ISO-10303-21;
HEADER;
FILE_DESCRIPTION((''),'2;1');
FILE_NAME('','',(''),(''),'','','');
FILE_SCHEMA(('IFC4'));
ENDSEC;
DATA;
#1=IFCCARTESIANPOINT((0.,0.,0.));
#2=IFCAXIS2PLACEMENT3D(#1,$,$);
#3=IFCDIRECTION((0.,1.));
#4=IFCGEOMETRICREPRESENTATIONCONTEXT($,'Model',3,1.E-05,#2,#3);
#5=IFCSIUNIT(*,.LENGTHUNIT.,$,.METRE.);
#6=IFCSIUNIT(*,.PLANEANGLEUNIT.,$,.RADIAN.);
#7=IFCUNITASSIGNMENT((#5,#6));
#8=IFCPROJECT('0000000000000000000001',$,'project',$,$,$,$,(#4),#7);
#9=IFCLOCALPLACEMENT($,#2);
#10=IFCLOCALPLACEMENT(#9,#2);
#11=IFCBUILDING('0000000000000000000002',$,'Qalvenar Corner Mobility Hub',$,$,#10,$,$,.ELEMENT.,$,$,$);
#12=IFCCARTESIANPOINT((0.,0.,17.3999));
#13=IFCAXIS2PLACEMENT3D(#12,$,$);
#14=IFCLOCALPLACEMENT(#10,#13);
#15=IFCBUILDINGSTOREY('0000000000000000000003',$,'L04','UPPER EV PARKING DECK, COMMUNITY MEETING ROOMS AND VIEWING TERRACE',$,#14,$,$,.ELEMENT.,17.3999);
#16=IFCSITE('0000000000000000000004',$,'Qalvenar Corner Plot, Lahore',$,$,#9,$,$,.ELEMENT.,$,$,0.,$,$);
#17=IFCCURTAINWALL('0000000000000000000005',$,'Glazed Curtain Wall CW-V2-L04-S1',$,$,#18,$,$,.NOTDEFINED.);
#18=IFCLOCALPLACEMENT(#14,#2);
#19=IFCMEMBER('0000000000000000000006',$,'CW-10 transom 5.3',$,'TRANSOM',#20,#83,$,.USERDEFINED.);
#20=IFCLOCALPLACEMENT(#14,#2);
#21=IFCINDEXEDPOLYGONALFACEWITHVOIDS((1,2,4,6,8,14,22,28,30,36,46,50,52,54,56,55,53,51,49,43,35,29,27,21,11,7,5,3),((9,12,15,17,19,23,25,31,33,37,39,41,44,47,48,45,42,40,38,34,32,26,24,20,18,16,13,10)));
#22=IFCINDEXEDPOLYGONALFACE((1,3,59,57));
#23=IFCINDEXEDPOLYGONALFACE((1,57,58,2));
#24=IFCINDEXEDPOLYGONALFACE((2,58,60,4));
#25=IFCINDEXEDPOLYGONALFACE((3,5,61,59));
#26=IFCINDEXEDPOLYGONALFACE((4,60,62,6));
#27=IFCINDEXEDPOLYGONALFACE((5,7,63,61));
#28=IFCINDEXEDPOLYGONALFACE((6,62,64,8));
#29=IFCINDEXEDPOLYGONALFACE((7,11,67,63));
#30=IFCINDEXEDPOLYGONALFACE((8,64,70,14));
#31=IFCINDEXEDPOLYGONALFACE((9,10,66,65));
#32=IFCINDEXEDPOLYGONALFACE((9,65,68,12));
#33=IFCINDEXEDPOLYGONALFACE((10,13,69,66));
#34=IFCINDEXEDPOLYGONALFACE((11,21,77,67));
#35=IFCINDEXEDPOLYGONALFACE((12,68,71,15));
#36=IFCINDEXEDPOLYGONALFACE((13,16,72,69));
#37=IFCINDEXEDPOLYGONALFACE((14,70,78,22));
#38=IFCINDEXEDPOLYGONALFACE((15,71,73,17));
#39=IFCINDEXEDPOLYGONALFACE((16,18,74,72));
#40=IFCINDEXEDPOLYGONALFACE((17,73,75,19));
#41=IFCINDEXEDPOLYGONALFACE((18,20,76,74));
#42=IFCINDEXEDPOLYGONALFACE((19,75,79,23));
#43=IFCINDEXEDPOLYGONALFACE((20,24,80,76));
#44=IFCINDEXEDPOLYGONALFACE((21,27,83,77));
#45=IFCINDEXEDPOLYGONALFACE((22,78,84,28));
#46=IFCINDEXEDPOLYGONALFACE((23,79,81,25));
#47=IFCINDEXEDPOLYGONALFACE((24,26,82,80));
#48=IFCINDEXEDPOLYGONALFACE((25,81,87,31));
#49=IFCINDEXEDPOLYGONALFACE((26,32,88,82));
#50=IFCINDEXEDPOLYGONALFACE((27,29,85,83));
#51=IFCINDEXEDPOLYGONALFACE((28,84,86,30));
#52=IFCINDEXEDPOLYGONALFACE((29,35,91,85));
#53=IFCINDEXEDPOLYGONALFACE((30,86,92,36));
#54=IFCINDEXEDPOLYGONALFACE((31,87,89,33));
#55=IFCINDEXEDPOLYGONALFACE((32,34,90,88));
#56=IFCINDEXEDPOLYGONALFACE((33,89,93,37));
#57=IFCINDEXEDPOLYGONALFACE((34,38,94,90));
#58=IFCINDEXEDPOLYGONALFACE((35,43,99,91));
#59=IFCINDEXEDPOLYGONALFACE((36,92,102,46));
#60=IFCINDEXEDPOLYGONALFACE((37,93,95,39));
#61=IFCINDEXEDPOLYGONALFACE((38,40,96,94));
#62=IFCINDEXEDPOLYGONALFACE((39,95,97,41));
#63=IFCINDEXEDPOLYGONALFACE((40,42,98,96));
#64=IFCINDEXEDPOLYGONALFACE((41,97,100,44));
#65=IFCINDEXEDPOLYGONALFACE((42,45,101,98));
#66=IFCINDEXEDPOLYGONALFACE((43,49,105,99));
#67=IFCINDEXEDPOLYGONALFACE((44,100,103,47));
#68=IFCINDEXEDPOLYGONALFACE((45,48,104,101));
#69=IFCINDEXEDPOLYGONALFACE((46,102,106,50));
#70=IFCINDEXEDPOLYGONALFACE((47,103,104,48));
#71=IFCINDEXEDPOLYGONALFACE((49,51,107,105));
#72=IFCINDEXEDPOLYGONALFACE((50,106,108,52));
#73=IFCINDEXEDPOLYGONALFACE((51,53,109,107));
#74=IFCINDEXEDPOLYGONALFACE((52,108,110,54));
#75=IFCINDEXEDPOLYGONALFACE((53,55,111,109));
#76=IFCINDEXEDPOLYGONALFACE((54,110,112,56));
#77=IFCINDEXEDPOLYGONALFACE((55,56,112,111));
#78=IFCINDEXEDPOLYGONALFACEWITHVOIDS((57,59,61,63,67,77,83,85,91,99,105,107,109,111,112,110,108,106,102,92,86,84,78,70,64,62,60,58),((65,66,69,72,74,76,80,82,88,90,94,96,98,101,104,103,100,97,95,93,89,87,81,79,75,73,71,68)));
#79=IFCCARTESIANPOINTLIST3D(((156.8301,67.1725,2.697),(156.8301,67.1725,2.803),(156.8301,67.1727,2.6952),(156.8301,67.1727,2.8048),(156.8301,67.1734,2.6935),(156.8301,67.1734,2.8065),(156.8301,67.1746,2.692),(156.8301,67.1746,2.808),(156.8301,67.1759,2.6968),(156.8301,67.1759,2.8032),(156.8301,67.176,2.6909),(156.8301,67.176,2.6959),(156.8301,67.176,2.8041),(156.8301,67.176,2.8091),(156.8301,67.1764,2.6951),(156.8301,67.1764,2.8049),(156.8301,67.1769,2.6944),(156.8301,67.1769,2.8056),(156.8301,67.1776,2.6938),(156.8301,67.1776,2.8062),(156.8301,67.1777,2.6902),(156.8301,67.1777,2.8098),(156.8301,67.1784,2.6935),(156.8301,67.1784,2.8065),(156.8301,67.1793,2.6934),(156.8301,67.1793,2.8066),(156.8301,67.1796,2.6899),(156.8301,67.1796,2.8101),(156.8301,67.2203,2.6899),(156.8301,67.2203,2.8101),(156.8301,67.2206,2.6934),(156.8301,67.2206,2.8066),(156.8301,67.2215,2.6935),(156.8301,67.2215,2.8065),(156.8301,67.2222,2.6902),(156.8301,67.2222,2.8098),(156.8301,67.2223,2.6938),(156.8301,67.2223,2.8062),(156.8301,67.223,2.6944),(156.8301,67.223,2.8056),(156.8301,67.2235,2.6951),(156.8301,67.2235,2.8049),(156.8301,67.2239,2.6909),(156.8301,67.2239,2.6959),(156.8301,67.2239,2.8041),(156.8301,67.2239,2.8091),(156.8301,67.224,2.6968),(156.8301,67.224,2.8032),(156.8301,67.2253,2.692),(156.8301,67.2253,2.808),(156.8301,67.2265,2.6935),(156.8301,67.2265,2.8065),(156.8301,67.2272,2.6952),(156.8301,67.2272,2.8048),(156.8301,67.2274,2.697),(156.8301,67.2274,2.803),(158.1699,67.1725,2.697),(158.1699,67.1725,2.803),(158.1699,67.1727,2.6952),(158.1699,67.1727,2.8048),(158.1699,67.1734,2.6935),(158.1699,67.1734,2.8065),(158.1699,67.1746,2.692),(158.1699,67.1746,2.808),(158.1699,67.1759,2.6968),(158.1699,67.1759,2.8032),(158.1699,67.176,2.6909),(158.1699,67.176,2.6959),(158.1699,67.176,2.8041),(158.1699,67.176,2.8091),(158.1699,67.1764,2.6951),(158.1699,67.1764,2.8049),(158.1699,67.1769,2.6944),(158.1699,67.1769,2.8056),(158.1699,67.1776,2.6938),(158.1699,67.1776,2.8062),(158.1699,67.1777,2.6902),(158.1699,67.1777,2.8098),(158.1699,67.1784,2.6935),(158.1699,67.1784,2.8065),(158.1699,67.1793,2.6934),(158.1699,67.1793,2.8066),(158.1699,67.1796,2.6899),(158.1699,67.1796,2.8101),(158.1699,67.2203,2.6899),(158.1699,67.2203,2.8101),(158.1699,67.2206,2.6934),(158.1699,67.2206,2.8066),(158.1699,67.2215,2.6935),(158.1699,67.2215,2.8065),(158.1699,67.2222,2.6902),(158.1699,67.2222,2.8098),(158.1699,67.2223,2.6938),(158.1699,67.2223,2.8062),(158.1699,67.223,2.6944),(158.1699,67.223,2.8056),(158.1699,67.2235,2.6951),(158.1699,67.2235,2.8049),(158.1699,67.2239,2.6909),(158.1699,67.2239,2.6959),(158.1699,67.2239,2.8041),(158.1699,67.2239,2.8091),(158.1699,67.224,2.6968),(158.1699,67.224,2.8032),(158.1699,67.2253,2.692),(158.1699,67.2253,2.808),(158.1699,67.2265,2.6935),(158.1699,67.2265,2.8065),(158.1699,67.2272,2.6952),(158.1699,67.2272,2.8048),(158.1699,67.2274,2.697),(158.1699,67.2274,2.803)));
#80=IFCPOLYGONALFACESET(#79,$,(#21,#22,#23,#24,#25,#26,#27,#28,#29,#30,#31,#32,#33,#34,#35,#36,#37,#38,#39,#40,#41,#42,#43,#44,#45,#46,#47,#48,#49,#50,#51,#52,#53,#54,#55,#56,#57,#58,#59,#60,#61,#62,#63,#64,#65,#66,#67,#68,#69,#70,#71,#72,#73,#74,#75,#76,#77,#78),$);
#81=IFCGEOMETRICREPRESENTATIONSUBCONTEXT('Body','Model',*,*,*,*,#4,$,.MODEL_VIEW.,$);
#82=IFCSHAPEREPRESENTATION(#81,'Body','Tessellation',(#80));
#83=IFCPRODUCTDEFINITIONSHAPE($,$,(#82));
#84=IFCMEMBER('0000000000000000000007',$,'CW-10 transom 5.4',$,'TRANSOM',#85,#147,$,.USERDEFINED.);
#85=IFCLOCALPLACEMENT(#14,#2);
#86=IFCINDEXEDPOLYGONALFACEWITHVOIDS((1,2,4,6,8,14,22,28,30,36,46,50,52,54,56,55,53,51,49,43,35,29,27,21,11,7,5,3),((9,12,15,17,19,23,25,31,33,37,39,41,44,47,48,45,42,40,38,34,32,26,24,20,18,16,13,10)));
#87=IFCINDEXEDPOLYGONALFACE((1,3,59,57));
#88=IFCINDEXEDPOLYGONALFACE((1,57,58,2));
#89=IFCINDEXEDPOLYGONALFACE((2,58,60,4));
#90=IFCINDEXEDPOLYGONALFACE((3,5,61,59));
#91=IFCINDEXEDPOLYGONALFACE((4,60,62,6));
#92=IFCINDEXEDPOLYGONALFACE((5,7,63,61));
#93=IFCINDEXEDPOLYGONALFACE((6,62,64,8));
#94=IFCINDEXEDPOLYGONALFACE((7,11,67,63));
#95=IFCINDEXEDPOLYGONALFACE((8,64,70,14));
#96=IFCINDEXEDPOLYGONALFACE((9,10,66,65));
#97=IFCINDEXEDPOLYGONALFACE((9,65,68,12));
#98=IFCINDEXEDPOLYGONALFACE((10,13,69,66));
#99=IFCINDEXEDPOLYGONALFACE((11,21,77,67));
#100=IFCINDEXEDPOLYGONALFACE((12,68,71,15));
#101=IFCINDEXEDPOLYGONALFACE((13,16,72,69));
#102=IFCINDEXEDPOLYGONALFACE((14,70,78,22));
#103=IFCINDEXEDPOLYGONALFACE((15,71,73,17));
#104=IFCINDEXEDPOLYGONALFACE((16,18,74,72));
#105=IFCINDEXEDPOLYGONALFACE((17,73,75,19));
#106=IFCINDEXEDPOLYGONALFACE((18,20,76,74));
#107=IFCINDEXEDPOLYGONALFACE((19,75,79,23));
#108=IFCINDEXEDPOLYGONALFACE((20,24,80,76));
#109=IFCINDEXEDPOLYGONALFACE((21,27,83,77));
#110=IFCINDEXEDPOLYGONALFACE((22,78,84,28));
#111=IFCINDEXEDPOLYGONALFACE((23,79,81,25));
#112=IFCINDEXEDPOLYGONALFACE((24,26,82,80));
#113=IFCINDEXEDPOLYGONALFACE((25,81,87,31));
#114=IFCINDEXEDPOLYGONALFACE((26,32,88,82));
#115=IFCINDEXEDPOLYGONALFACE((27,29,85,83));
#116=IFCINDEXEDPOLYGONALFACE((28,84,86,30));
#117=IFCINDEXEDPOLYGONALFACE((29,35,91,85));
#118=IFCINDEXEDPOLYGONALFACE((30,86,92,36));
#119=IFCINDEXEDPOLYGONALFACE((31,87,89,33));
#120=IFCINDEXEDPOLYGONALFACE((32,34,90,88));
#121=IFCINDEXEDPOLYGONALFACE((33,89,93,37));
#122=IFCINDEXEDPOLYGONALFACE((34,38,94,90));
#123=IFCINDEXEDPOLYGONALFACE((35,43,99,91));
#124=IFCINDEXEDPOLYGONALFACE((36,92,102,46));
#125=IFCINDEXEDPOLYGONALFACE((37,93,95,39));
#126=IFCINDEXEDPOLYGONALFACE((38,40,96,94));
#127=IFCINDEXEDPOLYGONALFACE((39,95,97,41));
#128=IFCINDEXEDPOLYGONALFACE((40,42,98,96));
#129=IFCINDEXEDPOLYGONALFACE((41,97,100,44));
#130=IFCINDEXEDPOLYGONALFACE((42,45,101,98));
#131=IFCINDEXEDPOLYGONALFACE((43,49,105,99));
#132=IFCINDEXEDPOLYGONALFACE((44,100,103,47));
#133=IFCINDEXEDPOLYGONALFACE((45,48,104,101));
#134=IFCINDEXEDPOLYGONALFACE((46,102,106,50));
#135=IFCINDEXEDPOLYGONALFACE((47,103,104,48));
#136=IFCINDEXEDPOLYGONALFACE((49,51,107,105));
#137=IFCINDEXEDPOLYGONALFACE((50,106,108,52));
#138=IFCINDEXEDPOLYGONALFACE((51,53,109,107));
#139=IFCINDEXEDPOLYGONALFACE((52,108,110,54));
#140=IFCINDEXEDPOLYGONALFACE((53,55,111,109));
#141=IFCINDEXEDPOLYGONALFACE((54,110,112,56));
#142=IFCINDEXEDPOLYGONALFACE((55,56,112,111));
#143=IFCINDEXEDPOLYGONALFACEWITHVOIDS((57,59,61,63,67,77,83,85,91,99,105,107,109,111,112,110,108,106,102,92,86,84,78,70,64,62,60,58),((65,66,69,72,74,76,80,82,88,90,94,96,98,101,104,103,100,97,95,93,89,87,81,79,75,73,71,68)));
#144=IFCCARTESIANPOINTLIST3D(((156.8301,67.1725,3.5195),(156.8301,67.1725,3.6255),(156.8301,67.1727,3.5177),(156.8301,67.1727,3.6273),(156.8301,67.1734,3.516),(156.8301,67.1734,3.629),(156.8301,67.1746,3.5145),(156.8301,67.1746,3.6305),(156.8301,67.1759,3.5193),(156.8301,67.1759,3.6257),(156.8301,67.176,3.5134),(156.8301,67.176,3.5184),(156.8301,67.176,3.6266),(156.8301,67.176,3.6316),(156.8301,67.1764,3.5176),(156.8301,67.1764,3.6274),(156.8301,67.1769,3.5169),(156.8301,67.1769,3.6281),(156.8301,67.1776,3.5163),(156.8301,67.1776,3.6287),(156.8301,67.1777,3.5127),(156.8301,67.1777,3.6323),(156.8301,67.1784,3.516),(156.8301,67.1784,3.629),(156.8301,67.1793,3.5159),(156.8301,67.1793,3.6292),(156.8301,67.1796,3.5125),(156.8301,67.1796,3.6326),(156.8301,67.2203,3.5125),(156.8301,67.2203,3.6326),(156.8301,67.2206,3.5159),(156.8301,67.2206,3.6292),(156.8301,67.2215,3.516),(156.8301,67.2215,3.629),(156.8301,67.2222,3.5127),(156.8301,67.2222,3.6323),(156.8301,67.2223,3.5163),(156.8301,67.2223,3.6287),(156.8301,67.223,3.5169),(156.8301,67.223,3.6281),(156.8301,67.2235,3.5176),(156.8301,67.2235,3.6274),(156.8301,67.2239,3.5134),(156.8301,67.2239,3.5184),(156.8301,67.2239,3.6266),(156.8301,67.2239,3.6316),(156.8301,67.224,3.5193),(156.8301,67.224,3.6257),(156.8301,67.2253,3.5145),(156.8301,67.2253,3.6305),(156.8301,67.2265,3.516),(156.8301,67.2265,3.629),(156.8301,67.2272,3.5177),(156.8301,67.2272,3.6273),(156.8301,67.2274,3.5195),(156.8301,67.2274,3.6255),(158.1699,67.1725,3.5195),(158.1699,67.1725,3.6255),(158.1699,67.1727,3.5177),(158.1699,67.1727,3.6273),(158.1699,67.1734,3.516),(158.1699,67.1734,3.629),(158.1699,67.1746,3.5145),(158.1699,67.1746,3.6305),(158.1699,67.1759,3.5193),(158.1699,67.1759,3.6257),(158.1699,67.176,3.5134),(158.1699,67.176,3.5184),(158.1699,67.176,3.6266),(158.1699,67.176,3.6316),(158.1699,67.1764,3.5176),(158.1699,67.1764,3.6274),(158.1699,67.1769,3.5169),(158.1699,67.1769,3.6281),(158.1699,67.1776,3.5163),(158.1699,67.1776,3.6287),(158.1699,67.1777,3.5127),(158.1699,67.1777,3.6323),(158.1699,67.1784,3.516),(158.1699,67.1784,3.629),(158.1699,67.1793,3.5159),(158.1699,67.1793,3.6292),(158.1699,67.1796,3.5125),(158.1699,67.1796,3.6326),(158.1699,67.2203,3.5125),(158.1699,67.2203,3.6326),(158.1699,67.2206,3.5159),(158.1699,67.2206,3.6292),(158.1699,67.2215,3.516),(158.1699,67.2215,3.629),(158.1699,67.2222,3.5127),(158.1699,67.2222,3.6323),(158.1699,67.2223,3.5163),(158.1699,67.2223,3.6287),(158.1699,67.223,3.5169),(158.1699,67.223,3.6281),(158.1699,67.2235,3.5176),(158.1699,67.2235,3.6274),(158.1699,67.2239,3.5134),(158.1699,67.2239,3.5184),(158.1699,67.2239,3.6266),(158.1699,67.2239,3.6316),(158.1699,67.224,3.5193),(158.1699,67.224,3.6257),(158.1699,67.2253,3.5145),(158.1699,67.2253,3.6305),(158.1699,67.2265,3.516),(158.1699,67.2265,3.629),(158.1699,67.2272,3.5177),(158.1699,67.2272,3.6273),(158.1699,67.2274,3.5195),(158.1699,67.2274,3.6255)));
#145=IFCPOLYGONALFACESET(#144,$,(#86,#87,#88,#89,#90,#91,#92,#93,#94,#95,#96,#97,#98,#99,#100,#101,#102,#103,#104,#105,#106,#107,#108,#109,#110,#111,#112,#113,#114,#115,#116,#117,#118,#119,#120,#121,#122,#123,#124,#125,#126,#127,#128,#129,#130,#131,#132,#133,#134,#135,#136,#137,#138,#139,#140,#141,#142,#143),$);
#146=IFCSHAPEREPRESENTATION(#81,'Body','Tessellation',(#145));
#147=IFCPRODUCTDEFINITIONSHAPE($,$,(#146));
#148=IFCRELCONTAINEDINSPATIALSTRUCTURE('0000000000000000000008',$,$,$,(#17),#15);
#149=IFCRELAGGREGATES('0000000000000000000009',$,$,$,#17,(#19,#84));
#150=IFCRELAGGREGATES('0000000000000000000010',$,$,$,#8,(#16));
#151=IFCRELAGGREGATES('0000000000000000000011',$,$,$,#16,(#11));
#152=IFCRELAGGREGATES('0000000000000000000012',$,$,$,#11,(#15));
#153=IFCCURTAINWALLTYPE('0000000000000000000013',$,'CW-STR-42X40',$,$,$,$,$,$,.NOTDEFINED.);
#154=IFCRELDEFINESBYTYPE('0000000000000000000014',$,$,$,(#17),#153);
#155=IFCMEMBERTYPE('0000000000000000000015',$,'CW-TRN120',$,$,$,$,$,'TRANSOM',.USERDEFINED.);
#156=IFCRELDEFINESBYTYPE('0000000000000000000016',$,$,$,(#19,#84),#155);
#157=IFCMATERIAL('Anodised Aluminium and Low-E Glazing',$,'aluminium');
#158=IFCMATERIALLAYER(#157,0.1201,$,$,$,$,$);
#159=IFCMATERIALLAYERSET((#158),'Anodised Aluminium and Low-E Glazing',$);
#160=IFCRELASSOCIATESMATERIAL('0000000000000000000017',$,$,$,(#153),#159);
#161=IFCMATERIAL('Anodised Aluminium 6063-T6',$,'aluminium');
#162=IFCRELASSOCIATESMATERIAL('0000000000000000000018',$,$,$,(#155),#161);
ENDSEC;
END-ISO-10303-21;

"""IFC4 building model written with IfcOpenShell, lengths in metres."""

from ifc_helpers import new_model, si_unit, direction, frame, origin, origin_2d, place, context, subcontext, project, spatial, hollow_rectangle, extrude, material, layer, layer_set, material_profile, profile_set, type_object, element, aggregate, save


model = new_model("IFC4")

# Units and contexts
model_context = context("Model", 3, precision=1e-05, world=origin(), true_north=direction((0.0, 1.0)))
body_context = subcontext(model_context, "Body", "Model", "MODEL_VIEW")
ifc_project = project(units=[si_unit("LENGTHUNIT", "METRE"), si_unit("PLANEANGLEUNIT", "RADIAN")], contexts=[model_context])

# Site, building, storey
site_placement = place(None, origin())
site = spatial("IfcSite", under=ifc_project, at=site_placement, Name="Qalvenar Corner Plot, Lahore", CompositionType="ELEMENT", RefElevation=0.0)
building_placement = place(site_placement, origin())
building = spatial("IfcBuilding", under=site, at=building_placement, Name="Qalvenar Corner Mobility Hub", CompositionType="ELEMENT")
storey_placement = place(building_placement, frame((0.0, 0.0, 17.3999)))
storey = spatial("IfcBuildingStorey", under=building, at=storey_placement, Name="L04", Description="UPPER EV PARKING DECK, COMMUNITY MEETING ROOMS AND VIEWING TERRACE", CompositionType="ELEMENT", Elevation=17.3999)

# Curtain wall, members
ifc_material_1 = material(Name="Anodised Aluminium and Low-E Glazing", Category="aluminium")
ifc_layer_1 = layer(ifc_material_1, 0.1201)
ifc_layer_set_1 = layer_set([ifc_layer_1], Name="Anodised Aluminium and Low-E Glazing")
curtain_wall_type = type_object("IfcCurtainWallType", Name="CW-STR-42X40", PredefinedType="NOTDEFINED", material=ifc_layer_set_1)
curtain_wall_placement = place(storey_placement, origin())
curtain_wall = element("IfcCurtainWall", 1, at=curtain_wall_placement, inside=storey, type_object=curtain_wall_type, Name="Glazed Curtain Wall CW-V2-L04-S1", PredefinedType="NOTDEFINED")
ifc_material_2 = material(Name="Anodised Aluminium 6063-T6", Category="aluminium")
ifc_material_profile_1 = material_profile(ifc_material_2, hollow_rectangle(XDim=0.0549, YDim=0.1201, WallThickness=0.0034, InnerFilletRadius=0.0034, OuterFilletRadius=0.0071, at=origin_2d()), Name="RHS120x55x3.5")
ifc_profile_set_1 = profile_set([ifc_material_profile_1], Name="Anodised Aluminium 6063-T6")
member_type_1 = type_object("IfcMemberType", Name="CW-TRN120", ElementType="TRANSOM", PredefinedType="USERDEFINED", material=ifc_profile_set_1)
member_1_placement = place(storey_placement, frame((156.8301, 67.2, 2.75), z_axis=(1.0, 0.0, 0.0), x_axis=(0.0, 1.0, 0.0)))
member_1 = element("IfcMember", 2, at=member_1_placement, type_object=member_type_1, Name="CW-10 transom 5.3", ObjectType="TRANSOM", PredefinedType="USERDEFINED", context=body_context, shape_type="SweptSolid", body=[
    extrude(hollow_rectangle(XDim=0.0549, YDim=0.1201, WallThickness=0.0034, InnerFilletRadius=0.0034, OuterFilletRadius=0.0071, at=origin_2d()), origin(), (0.0, 0.0, 1.0), 1.3398),
])
member_2_placement = place(storey_placement, frame((156.8301, 67.2, 3.5725), z_axis=(1.0, 0.0, 0.0), x_axis=(0.0, 1.0, 0.0)))
member_2 = element("IfcMember", 3, at=member_2_placement, type_object=member_type_1, Name="CW-10 transom 5.4", ObjectType="TRANSOM", PredefinedType="USERDEFINED", context=body_context, shape_type="SweptSolid", body=[
    extrude(hollow_rectangle(XDim=0.0549, YDim=0.1201, WallThickness=0.0034, InnerFilletRadius=0.0034, OuterFilletRadius=0.0071, at=origin_2d()), origin(), (0.0, 0.0, 1.0), 1.3398),
])

aggregate(curtain_wall, [member_1, member_2])

save(model, "model.ifc")
